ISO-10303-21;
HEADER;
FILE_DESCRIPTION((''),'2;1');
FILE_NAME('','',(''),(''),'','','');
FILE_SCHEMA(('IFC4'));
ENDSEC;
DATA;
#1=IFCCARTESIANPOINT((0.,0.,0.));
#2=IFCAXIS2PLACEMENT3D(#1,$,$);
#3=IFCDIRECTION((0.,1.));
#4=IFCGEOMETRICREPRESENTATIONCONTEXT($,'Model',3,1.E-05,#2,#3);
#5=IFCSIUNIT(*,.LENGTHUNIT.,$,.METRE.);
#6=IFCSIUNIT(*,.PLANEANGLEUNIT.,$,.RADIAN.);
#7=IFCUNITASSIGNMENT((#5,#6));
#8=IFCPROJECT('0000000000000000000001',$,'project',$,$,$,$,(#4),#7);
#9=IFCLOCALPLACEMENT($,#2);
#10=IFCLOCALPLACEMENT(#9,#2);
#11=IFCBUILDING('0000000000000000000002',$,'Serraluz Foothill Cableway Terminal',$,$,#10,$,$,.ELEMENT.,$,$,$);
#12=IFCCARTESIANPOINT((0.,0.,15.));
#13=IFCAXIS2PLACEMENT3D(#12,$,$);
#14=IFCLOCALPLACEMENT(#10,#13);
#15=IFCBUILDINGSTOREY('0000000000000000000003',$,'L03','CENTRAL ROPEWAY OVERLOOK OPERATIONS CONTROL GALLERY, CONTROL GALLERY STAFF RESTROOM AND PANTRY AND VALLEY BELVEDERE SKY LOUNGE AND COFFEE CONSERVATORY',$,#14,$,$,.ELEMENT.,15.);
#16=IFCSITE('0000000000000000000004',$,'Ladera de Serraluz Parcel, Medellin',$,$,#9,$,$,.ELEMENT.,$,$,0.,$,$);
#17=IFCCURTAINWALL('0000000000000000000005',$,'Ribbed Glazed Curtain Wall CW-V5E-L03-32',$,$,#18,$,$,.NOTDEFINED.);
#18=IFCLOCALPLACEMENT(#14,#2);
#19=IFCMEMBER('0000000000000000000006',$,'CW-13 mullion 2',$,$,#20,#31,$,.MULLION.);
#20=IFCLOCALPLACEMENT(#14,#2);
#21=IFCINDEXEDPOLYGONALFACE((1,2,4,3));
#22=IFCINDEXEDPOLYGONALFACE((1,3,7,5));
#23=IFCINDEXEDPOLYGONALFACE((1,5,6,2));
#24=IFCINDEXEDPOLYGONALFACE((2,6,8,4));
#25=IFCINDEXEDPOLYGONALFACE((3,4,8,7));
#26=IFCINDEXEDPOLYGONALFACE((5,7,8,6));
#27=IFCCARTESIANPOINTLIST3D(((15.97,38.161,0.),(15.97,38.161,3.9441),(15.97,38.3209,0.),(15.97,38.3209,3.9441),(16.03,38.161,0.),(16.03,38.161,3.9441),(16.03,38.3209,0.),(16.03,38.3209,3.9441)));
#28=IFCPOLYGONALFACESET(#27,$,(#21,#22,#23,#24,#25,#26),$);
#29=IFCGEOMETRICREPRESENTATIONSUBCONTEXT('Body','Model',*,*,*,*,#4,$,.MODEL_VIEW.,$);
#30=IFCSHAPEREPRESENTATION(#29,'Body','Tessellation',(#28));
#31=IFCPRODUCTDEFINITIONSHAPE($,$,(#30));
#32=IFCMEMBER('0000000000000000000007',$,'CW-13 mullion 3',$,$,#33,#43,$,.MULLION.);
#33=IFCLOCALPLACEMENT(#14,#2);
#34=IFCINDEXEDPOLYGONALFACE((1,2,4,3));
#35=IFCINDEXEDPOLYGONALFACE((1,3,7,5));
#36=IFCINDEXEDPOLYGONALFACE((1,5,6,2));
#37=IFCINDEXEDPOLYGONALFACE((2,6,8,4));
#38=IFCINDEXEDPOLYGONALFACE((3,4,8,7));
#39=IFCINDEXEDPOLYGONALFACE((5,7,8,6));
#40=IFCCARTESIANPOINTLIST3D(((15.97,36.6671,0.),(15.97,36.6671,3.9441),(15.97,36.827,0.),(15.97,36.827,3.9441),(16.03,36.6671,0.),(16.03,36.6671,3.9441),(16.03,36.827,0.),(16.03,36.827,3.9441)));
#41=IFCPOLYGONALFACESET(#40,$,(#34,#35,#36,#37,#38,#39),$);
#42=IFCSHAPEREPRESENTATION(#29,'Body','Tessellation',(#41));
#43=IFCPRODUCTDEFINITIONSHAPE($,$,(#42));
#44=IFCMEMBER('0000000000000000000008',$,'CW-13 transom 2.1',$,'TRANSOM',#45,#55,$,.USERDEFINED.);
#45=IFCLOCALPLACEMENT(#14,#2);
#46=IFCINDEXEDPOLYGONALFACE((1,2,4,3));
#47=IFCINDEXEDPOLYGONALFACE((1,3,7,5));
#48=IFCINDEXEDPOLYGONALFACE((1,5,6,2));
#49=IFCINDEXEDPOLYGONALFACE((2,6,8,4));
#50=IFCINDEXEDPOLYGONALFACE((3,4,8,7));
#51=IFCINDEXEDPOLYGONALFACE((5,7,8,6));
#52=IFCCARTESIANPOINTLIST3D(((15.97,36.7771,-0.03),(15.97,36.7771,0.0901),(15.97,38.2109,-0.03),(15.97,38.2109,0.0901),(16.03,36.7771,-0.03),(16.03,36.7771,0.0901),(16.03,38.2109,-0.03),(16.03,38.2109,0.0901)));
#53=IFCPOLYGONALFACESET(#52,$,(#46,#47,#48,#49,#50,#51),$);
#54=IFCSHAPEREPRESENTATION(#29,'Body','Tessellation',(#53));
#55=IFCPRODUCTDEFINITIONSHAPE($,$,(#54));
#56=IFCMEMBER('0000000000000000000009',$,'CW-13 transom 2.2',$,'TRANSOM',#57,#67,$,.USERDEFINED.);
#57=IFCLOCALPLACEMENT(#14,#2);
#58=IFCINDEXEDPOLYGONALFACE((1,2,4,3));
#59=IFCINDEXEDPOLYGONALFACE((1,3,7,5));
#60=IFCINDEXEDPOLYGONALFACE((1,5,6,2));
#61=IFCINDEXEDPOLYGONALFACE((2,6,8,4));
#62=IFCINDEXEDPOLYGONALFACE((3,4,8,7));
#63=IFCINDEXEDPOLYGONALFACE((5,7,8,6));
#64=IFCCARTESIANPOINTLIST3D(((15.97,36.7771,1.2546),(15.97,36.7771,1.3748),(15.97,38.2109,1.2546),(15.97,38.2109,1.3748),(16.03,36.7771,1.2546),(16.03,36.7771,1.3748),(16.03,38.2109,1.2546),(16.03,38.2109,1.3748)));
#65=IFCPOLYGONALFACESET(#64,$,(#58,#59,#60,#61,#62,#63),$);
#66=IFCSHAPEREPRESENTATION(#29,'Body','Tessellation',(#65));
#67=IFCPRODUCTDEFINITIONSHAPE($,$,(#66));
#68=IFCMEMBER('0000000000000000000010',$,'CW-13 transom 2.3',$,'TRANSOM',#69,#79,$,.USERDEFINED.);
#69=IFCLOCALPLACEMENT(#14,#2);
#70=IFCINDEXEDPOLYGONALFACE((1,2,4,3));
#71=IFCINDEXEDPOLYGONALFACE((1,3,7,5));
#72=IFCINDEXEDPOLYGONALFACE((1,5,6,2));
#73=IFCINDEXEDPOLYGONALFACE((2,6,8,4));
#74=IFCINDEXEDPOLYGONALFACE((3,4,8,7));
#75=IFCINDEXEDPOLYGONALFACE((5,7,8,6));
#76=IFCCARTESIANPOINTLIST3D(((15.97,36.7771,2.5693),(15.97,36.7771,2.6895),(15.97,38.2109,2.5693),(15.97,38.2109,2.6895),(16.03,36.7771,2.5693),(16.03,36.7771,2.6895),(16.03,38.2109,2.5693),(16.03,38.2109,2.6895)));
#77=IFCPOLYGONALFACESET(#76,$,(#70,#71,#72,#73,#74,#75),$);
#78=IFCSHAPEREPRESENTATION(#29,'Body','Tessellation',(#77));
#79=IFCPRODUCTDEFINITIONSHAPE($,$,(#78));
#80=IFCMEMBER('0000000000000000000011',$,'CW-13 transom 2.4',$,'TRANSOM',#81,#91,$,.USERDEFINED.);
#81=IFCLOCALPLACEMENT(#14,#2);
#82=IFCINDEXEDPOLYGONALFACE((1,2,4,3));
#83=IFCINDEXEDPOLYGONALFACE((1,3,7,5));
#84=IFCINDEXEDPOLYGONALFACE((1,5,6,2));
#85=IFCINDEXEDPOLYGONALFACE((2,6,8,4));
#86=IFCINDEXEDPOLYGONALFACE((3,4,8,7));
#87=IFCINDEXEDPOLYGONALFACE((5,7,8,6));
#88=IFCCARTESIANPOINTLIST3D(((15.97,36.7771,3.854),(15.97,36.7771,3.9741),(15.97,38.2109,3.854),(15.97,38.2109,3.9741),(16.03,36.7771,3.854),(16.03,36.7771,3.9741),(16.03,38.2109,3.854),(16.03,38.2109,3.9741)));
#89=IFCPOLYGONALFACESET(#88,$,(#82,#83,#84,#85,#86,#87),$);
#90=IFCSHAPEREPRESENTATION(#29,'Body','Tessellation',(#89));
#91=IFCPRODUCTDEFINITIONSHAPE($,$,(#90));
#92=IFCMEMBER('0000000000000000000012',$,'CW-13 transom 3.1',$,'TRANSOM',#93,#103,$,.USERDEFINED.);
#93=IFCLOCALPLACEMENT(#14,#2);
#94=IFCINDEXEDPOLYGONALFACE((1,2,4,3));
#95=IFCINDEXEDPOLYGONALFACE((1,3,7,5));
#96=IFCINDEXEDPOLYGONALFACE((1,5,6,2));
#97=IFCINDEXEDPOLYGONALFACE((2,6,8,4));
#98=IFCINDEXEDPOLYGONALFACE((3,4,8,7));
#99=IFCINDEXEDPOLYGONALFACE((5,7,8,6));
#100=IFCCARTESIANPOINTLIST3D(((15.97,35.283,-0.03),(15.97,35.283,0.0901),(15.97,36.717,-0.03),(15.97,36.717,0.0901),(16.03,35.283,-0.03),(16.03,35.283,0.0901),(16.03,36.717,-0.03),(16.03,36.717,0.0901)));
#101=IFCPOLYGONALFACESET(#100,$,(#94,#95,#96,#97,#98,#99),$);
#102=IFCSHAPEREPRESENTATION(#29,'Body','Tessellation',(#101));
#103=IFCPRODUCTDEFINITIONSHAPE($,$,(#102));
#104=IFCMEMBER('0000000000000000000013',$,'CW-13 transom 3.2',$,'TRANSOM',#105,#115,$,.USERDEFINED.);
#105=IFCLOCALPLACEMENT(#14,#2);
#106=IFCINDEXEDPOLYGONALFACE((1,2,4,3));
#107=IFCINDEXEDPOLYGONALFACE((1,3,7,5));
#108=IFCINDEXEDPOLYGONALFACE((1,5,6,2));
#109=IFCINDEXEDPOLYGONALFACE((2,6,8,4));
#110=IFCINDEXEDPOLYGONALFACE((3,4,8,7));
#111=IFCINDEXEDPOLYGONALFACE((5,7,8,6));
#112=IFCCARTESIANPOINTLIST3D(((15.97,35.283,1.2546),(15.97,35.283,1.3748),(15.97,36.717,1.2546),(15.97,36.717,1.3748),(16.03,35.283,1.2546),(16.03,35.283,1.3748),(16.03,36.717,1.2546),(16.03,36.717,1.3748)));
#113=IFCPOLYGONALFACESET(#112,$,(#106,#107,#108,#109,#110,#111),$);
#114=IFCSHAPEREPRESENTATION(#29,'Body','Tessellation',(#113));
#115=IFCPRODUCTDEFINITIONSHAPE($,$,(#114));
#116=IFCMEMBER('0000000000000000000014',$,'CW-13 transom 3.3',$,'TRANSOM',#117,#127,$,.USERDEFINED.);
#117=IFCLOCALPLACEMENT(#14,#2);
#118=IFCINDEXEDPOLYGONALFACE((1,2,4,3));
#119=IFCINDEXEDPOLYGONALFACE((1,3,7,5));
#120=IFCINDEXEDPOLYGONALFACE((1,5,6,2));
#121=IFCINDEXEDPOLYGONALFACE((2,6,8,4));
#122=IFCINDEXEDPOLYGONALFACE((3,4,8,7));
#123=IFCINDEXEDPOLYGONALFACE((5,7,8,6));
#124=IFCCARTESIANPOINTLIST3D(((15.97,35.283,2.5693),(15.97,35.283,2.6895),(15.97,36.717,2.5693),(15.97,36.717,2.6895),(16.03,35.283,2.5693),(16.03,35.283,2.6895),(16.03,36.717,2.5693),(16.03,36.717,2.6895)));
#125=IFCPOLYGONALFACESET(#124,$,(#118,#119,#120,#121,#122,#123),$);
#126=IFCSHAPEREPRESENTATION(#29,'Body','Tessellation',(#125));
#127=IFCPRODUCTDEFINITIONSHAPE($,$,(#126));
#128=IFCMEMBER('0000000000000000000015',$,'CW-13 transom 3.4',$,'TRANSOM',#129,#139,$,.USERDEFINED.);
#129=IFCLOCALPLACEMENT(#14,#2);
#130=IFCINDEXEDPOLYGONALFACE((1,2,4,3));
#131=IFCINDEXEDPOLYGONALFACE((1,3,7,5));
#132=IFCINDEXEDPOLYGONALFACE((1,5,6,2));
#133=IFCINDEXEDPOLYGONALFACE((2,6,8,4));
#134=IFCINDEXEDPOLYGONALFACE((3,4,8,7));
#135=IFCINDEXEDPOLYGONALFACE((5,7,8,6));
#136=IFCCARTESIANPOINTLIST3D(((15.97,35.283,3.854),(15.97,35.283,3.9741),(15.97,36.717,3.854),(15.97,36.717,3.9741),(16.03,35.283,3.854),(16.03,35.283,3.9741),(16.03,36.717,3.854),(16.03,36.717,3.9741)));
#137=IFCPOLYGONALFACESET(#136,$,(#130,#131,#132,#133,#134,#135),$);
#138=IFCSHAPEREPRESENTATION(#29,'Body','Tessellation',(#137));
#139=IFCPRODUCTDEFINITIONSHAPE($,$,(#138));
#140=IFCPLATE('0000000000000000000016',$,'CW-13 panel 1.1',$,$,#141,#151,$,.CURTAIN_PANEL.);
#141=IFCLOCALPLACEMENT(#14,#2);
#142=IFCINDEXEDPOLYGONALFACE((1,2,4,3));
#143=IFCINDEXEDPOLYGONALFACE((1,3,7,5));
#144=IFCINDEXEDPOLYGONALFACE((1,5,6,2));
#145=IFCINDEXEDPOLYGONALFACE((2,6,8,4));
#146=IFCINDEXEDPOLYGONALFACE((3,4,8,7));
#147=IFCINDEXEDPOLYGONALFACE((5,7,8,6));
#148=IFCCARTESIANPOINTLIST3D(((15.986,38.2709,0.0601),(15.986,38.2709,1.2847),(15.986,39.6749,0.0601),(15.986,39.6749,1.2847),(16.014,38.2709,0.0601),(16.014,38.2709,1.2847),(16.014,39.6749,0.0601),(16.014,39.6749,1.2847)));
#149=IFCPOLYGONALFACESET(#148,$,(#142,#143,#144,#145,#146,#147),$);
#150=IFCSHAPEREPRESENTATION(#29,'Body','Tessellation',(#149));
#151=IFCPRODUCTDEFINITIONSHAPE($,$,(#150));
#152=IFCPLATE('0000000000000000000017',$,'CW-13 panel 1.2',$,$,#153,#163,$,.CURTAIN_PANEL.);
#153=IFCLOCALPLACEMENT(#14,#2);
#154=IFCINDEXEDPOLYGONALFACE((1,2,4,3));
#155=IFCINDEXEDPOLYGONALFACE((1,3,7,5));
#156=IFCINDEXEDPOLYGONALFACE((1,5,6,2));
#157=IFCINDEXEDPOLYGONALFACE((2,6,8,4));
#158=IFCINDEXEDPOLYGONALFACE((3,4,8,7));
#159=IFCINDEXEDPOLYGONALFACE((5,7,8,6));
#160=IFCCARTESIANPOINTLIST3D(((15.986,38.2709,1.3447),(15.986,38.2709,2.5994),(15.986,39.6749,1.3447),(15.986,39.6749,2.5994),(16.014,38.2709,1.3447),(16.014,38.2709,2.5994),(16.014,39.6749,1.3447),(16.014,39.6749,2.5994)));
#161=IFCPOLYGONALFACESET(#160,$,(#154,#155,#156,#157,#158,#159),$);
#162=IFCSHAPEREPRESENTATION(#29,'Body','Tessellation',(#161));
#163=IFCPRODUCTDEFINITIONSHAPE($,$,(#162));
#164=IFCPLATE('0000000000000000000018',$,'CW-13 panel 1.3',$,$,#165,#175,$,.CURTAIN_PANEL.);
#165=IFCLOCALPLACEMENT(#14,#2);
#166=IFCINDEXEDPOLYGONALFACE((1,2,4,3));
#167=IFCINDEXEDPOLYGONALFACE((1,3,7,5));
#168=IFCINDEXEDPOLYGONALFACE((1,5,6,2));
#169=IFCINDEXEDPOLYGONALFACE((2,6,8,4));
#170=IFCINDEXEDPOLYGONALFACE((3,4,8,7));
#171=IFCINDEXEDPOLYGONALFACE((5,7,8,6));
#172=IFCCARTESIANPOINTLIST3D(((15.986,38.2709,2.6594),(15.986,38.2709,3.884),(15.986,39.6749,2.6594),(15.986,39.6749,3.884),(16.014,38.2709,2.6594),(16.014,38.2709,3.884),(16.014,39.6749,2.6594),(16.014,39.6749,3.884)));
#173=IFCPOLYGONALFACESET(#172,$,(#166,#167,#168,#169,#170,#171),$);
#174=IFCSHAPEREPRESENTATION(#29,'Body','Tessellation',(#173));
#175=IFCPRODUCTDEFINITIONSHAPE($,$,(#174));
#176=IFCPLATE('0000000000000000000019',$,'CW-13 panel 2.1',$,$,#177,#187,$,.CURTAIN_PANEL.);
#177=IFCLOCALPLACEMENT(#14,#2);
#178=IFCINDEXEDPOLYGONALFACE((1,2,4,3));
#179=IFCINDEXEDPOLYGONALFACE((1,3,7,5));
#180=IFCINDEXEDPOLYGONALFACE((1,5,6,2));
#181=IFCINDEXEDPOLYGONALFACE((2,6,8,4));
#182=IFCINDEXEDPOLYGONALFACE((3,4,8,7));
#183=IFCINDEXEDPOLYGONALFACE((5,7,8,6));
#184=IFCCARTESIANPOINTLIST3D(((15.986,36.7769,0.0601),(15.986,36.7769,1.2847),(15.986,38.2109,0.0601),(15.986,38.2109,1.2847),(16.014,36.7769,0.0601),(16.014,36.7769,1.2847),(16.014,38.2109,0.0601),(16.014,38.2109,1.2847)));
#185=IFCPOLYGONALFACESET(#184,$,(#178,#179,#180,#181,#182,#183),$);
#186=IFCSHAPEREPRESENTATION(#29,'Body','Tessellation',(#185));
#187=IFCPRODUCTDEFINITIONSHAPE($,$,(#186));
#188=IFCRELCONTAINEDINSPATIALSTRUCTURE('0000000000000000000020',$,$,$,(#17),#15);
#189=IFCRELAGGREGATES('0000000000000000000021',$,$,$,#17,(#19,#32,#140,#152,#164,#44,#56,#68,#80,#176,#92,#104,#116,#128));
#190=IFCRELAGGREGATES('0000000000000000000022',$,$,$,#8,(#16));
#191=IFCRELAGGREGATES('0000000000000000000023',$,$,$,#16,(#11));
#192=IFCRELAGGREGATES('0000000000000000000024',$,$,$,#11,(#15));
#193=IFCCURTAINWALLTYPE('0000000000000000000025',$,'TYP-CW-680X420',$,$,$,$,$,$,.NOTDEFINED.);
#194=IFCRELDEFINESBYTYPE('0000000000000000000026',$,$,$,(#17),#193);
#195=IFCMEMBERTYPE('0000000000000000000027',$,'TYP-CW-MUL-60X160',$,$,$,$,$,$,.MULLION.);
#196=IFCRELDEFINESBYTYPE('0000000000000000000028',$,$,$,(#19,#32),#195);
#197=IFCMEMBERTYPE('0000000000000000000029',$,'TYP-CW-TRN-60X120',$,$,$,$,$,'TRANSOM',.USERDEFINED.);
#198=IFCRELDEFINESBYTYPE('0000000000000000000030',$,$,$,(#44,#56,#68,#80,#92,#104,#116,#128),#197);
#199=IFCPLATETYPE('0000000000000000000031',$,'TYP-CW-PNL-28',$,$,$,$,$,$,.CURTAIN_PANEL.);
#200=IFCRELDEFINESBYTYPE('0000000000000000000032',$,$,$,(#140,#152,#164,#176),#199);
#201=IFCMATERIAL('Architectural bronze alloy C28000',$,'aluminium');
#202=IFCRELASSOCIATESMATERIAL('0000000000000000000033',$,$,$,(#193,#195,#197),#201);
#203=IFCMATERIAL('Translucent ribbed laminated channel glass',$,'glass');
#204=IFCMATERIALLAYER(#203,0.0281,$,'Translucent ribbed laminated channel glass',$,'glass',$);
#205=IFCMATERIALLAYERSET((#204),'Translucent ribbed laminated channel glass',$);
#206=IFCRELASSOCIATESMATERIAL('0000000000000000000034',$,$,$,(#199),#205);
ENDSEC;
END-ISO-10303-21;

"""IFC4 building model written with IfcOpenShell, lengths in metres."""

from ifc_helpers import new_model, si_unit, direction, frame, origin, origin_2d, place, context, subcontext, project, spatial, rectangle, extrude, material, layer, layer_set, material_profile, profile_set, type_object, element, aggregate, save


model = new_model("IFC4")

# Units and contexts
model_context = context("Model", 3, precision=1e-05, world=origin(), true_north=direction((0.0, 1.0)))
body_context = subcontext(model_context, "Body", "Model", "MODEL_VIEW")
ifc_project = project(units=[si_unit("LENGTHUNIT", "METRE"), si_unit("PLANEANGLEUNIT", "RADIAN")], contexts=[model_context])

# Site, building, storey
site_placement = place(None, origin())
site = spatial("IfcSite", under=ifc_project, at=site_placement, Name="Ladera de Serraluz Parcel, Medellin", CompositionType="ELEMENT", RefElevation=0.0)
building_placement = place(site_placement, origin())
building = spatial("IfcBuilding", under=site, at=building_placement, Name="Serraluz Foothill Cableway Terminal", CompositionType="ELEMENT")
storey_placement = place(building_placement, frame((0.0, 0.0, 15.0)))
storey = spatial("IfcBuildingStorey", under=building, at=storey_placement, Name="L03", Description="CENTRAL ROPEWAY OVERLOOK OPERATIONS CONTROL GALLERY, CONTROL GALLERY STAFF RESTROOM AND PANTRY AND VALLEY BELVEDERE SKY LOUNGE AND COFFEE CONSERVATORY", CompositionType="ELEMENT", Elevation=15.0)

# Curtain wall, members, plates
ifc_material_1 = material(Name="Architectural bronze alloy C28000", Category="aluminium")
curtain_wall_type = type_object("IfcCurtainWallType", Name="TYP-CW-680X420", PredefinedType="NOTDEFINED", material=ifc_material_1)
curtain_wall_placement = place(storey_placement, origin())
curtain_wall = element("IfcCurtainWall", 1, at=curtain_wall_placement, inside=storey, type_object=curtain_wall_type, Name="Ribbed Glazed Curtain Wall CW-V5E-L03-32", PredefinedType="NOTDEFINED")
ifc_material_profile_1 = material_profile(ifc_material_1, rectangle(XDim=0.0601, YDim=0.1599, at=origin_2d()), Name="ALU MULLION 60x160")
ifc_profile_set_1 = profile_set([ifc_material_profile_1], Name="Architectural bronze alloy C28000")
member_type_1 = type_object("IfcMemberType", Name="TYP-CW-MUL-60X160", PredefinedType="MULLION", material=ifc_profile_set_1)
member_1_placement = place(storey_placement, frame((16.0, 38.241, 0.0), z_axis=(0.0, 0.0, 1.0), x_axis=(1.0, 0.0, 0.0)))
member_1 = element("IfcMember", 2, at=member_1_placement, type_object=member_type_1, Name="CW-13 mullion 2", PredefinedType="MULLION", context=body_context, shape_type="SweptSolid", body=[
    extrude(rectangle(XDim=0.0601, YDim=0.1599, at=origin_2d()), origin(), (0.0, 0.0, 1.0), 3.9441),
])
member_2_placement = place(storey_placement, frame((16.0, 36.7471, 0.0), z_axis=(0.0, 0.0, 1.0), x_axis=(1.0, 0.0, 0.0)))
member_2 = element("IfcMember", 3, at=member_2_placement, type_object=member_type_1, Name="CW-13 mullion 3", PredefinedType="MULLION", context=body_context, shape_type="SweptSolid", body=[
    extrude(rectangle(XDim=0.0601, YDim=0.1599, at=origin_2d()), origin(), (0.0, 0.0, 1.0), 3.9441),
])
ifc_material_profile_2 = material_profile(ifc_material_1, rectangle(XDim=0.0601, YDim=0.1201, at=origin_2d()), Name="ALU TRANSOM 60x120")
ifc_profile_set_2 = profile_set([ifc_material_profile_2], Name="Architectural bronze alloy C28000")
member_type_2 = type_object("IfcMemberType", Name="TYP-CW-TRN-60X120", ElementType="TRANSOM", PredefinedType="USERDEFINED", material=ifc_profile_set_2)
member_3_placement = place(storey_placement, frame((16.0, 38.2109, 0.03), z_axis=(0.0, -1.0, 0.0), x_axis=(1.0, 0.0, 0.0)))
member_3 = element("IfcMember", 4, at=member_3_placement, type_object=member_type_2, Name="CW-13 transom 2.1", ObjectType="TRANSOM", PredefinedType="USERDEFINED", context=body_context, shape_type="SweptSolid", body=[
    extrude(rectangle(XDim=0.0601, YDim=0.1201, at=origin_2d()), origin(), (0.0, 0.0, 1.0), 1.4338),
])
member_4_placement = place(storey_placement, frame((16.0, 38.2109, 1.3147), z_axis=(0.0, -1.0, 0.0), x_axis=(1.0, 0.0, 0.0)))
member_4 = element("IfcMember", 5, at=member_4_placement, type_object=member_type_2, Name="CW-13 transom 2.2", ObjectType="TRANSOM", PredefinedType="USERDEFINED", context=body_context, shape_type="SweptSolid", body=[
    extrude(rectangle(XDim=0.0601, YDim=0.1201, at=origin_2d()), origin(), (0.0, 0.0, 1.0), 1.4338),
])
member_5_placement = place(storey_placement, frame((16.0, 38.2109, 2.6294), z_axis=(0.0, -1.0, 0.0), x_axis=(1.0, 0.0, 0.0)))
member_5 = element("IfcMember", 6, at=member_5_placement, type_object=member_type_2, Name="CW-13 transom 2.3", ObjectType="TRANSOM", PredefinedType="USERDEFINED", context=body_context, shape_type="SweptSolid", body=[
    extrude(rectangle(XDim=0.0601, YDim=0.1201, at=origin_2d()), origin(), (0.0, 0.0, 1.0), 1.4338),
])
member_6_placement = place(storey_placement, frame((16.0, 38.2109, 3.9141), z_axis=(0.0, -1.0, 0.0), x_axis=(1.0, 0.0, 0.0)))
member_6 = element("IfcMember", 7, at=member_6_placement, type_object=member_type_2, Name="CW-13 transom 2.4", ObjectType="TRANSOM", PredefinedType="USERDEFINED", context=body_context, shape_type="SweptSolid", body=[
    extrude(rectangle(XDim=0.0601, YDim=0.1201, at=origin_2d()), origin(), (0.0, 0.0, 1.0), 1.4338),
])
member_7_placement = place(storey_placement, frame((16.0, 36.717, 0.03), z_axis=(0.0, -1.0, 0.0), x_axis=(1.0, 0.0, 0.0)))
member_7 = element("IfcMember", 8, at=member_7_placement, type_object=member_type_2, Name="CW-13 transom 3.1", ObjectType="TRANSOM", PredefinedType="USERDEFINED", context=body_context, shape_type="SweptSolid", body=[
    extrude(rectangle(XDim=0.0601, YDim=0.1201, at=origin_2d()), origin(), (0.0, 0.0, 1.0), 1.4341),
])
member_8_placement = place(storey_placement, frame((16.0, 36.717, 1.3147), z_axis=(0.0, -1.0, 0.0), x_axis=(1.0, 0.0, 0.0)))
member_8 = element("IfcMember", 9, at=member_8_placement, type_object=member_type_2, Name="CW-13 transom 3.2", ObjectType="TRANSOM", PredefinedType="USERDEFINED", context=body_context, shape_type="SweptSolid", body=[
    extrude(rectangle(XDim=0.0601, YDim=0.1201, at=origin_2d()), origin(), (0.0, 0.0, 1.0), 1.4341),
])
member_9_placement = place(storey_placement, frame((16.0, 36.717, 2.6294), z_axis=(0.0, -1.0, 0.0), x_axis=(1.0, 0.0, 0.0)))
member_9 = element("IfcMember", 10, at=member_9_placement, type_object=member_type_2, Name="CW-13 transom 3.3", ObjectType="TRANSOM", PredefinedType="USERDEFINED", context=body_context, shape_type="SweptSolid", body=[
    extrude(rectangle(XDim=0.0601, YDim=0.1201, at=origin_2d()), origin(), (0.0, 0.0, 1.0), 1.4341),
])
member_10_placement = place(storey_placement, frame((16.0, 36.717, 3.9141), z_axis=(0.0, -1.0, 0.0), x_axis=(1.0, 0.0, 0.0)))
member_10 = element("IfcMember", 11, at=member_10_placement, type_object=member_type_2, Name="CW-13 transom 3.4", ObjectType="TRANSOM", PredefinedType="USERDEFINED", context=body_context, shape_type="SweptSolid", body=[
    extrude(rectangle(XDim=0.0601, YDim=0.1201, at=origin_2d()), origin(), (0.0, 0.0, 1.0), 1.4341),
])
ifc_material_2 = material(Name="Translucent ribbed laminated channel glass", Category="glass")
ifc_layer = layer(ifc_material_2, 0.0281, Name="Translucent ribbed laminated channel glass", Category="glass")
ifc_layer_set = layer_set([ifc_layer], Name="Translucent ribbed laminated channel glass")
plate_type = type_object("IfcPlateType", Name="TYP-CW-PNL-28", PredefinedType="CURTAIN_PANEL", material=ifc_layer_set)
plate_1_placement = place(storey_placement, frame((16.0, 38.9729, 0.0601), z_axis=(0.0, 0.0, 1.0), x_axis=(0.0, -1.0, 0.0)))
plate_1 = element("IfcPlate", 12, at=plate_1_placement, type_object=plate_type, Name="CW-13 panel 1.1", PredefinedType="CURTAIN_PANEL", context=body_context, shape_type="SweptSolid", body=[
    extrude(rectangle(XDim=1.4041, YDim=0.0281, at=origin_2d()), origin(), (0.0, 0.0, 1.0), 1.2246),
])
plate_2_placement = place(storey_placement, frame((16.0, 38.9729, 1.3447), z_axis=(0.0, 0.0, 1.0), x_axis=(0.0, -1.0, 0.0)))
plate_2 = element("IfcPlate", 13, at=plate_2_placement, type_object=plate_type, Name="CW-13 panel 1.2", PredefinedType="CURTAIN_PANEL", context=body_context, shape_type="SweptSolid", body=[
    extrude(rectangle(XDim=1.4041, YDim=0.0281, at=origin_2d()), origin(), (0.0, 0.0, 1.0), 1.2546),
])
plate_3_placement = place(storey_placement, frame((16.0, 38.9729, 2.6594), z_axis=(0.0, 0.0, 1.0), x_axis=(0.0, -1.0, 0.0)))
plate_3 = element("IfcPlate", 14, at=plate_3_placement, type_object=plate_type, Name="CW-13 panel 1.3", PredefinedType="CURTAIN_PANEL", context=body_context, shape_type="SweptSolid", body=[
    extrude(rectangle(XDim=1.4041, YDim=0.0281, at=origin_2d()), origin(), (0.0, 0.0, 1.0), 1.2246),
])
plate_4_placement = place(storey_placement, frame((16.0, 37.4939, 0.0601), z_axis=(0.0, 0.0, 1.0), x_axis=(0.0, -1.0, 0.0)))
plate_4 = element("IfcPlate", 15, at=plate_4_placement, type_object=plate_type, Name="CW-13 panel 2.1", PredefinedType="CURTAIN_PANEL", context=body_context, shape_type="SweptSolid", body=[
    extrude(rectangle(XDim=1.4341, YDim=0.0281, at=origin_2d()), origin(), (0.0, 0.0, 1.0), 1.2246),
])
aggregate(curtain_wall, [member_1, member_2, plate_1, plate_2, plate_3, member_3, member_4, member_5, member_6, plate_4, member_7, member_8, member_9, member_10])

save(model, "model.ifc")
